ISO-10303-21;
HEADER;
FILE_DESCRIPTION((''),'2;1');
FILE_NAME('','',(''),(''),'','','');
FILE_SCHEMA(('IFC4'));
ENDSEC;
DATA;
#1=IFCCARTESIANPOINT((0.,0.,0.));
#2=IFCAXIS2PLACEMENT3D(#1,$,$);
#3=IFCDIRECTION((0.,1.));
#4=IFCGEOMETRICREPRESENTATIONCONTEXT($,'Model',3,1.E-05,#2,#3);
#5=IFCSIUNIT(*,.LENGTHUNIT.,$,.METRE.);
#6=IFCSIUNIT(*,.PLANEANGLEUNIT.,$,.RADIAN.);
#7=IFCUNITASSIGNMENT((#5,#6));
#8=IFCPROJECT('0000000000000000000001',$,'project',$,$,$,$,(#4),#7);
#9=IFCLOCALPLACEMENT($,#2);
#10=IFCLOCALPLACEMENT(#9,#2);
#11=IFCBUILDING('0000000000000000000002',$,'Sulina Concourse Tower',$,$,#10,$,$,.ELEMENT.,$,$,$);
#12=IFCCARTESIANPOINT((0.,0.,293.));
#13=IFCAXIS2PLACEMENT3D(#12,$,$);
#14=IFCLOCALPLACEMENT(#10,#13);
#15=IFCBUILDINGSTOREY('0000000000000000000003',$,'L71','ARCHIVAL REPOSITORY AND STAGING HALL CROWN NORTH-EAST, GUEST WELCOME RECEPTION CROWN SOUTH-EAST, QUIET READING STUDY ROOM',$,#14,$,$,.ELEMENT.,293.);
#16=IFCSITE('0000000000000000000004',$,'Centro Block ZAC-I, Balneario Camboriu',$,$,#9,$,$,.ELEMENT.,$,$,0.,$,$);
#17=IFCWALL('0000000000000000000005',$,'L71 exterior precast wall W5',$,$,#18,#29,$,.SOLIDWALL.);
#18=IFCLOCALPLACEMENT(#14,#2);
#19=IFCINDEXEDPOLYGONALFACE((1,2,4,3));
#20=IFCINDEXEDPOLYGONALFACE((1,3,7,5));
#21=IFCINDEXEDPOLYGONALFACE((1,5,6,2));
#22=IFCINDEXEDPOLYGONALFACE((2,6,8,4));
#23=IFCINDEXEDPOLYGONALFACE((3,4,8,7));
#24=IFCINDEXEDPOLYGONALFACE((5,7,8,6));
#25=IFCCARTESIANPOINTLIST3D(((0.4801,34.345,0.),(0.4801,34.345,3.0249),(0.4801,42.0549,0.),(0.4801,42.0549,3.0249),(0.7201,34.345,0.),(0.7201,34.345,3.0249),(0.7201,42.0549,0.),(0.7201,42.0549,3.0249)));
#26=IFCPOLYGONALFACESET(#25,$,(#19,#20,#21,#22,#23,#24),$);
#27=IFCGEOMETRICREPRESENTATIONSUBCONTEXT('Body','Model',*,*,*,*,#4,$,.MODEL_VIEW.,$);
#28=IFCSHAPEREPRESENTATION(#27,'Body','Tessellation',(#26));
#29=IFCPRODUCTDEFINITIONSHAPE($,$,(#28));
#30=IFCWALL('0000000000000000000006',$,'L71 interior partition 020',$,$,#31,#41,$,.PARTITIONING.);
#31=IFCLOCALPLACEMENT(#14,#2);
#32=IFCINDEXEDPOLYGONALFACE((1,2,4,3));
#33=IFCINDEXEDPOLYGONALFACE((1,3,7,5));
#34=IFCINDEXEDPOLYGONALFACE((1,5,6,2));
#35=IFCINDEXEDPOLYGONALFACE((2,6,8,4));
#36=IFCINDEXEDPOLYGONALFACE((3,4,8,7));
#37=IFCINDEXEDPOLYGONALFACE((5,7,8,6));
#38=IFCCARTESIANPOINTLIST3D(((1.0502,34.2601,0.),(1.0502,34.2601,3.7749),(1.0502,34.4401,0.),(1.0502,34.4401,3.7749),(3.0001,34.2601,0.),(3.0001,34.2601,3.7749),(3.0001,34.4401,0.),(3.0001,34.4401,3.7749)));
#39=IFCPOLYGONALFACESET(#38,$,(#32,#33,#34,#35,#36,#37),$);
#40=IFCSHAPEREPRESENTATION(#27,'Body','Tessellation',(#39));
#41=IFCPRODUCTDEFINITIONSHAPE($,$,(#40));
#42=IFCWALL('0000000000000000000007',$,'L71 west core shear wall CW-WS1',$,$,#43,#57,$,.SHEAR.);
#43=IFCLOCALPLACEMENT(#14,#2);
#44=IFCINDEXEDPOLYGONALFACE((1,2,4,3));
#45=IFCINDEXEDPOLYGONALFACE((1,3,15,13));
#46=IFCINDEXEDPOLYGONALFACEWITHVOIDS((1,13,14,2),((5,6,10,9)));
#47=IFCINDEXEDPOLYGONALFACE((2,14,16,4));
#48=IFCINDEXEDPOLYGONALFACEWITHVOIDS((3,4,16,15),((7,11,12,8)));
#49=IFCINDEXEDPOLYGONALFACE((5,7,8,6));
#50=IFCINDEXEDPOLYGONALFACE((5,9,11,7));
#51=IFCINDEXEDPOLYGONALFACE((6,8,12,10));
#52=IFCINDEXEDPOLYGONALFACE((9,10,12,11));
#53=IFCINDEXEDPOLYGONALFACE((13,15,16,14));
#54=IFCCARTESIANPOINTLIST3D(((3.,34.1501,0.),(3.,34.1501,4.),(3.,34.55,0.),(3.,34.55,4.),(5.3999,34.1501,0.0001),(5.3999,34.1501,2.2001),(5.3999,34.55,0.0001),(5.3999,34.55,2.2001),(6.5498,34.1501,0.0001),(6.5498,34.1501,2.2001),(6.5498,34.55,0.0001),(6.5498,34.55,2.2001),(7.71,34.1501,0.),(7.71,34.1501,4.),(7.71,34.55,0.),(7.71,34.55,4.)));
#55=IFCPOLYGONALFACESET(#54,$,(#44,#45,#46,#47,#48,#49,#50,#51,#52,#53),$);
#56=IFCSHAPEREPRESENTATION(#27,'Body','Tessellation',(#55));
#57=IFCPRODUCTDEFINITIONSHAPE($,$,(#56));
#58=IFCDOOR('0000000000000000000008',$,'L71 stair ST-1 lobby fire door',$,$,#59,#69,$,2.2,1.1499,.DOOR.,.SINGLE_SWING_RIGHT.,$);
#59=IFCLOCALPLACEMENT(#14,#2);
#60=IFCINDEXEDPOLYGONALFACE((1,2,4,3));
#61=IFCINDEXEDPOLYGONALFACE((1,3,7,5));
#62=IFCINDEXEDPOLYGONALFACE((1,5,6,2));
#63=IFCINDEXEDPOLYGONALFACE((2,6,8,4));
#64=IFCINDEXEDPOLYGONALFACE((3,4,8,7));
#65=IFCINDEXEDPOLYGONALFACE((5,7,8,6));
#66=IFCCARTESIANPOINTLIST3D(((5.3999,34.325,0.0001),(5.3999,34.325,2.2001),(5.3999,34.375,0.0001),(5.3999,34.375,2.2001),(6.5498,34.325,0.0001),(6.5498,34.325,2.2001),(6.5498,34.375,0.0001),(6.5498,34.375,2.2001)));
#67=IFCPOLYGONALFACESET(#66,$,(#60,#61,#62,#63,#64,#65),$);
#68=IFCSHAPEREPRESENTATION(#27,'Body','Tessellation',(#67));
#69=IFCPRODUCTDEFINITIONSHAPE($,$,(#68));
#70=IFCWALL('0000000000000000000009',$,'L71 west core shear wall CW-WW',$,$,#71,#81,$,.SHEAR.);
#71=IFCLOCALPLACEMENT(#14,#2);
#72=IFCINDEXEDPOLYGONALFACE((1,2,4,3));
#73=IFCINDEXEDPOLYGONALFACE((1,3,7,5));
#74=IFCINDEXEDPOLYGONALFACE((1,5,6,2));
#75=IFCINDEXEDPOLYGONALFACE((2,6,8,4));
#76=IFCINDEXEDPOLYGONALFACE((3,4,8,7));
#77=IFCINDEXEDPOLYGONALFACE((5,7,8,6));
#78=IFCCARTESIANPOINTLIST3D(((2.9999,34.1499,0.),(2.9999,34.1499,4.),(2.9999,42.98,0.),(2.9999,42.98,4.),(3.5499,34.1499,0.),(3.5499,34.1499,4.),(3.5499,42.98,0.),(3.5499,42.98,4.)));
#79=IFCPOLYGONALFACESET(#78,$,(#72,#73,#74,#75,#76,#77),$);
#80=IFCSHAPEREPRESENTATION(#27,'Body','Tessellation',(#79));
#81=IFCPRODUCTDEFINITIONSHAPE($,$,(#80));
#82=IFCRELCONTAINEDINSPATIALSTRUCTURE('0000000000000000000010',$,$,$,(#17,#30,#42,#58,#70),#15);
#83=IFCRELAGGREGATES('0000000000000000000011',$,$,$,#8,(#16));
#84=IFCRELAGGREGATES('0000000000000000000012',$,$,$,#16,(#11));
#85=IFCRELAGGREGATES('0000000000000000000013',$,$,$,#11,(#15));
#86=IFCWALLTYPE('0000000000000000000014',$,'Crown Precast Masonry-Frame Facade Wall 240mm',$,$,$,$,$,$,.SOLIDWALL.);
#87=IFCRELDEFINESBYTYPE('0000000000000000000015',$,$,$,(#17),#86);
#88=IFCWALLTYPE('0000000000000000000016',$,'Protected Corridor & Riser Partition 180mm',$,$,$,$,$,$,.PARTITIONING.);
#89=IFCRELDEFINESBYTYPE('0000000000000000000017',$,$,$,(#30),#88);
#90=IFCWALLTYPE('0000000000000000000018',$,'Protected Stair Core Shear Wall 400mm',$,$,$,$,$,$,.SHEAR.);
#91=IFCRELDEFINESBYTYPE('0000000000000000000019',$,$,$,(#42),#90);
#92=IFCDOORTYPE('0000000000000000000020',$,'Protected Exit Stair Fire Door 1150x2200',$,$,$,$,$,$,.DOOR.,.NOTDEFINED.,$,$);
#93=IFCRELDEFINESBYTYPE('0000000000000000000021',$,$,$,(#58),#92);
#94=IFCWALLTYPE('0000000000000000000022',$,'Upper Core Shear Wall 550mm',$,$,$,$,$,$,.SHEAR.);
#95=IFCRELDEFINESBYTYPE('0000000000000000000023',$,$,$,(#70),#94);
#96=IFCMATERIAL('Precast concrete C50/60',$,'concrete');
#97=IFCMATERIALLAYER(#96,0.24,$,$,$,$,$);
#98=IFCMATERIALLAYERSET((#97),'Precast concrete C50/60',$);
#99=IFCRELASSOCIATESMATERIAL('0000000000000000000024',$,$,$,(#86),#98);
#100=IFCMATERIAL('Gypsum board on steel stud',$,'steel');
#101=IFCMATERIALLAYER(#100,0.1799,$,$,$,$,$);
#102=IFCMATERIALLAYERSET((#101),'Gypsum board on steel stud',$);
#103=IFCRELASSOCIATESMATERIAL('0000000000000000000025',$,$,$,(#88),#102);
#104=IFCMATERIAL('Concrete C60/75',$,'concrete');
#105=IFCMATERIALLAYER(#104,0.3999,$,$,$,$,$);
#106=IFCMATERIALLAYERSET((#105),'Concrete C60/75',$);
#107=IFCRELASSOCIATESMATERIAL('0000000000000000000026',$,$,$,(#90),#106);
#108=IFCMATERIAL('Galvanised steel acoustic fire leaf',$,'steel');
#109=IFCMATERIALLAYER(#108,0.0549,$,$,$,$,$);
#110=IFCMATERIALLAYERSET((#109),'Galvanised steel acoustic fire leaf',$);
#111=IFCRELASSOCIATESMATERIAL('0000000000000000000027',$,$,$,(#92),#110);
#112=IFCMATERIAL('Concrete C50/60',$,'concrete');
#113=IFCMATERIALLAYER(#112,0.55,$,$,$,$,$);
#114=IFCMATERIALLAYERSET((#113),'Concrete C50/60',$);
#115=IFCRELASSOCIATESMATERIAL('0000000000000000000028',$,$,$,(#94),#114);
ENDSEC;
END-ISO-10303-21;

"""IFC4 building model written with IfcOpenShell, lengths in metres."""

from ifc_helpers import new_model, si_unit, direction, frame, frame_2d, origin, place, context, subcontext, project, spatial, rectangle, extrude, material, layer, layer_set, type_object, element, fill, save


model = new_model("IFC4")

# Units and contexts
model_context = context("Model", 3, precision=1e-05, world=origin(), true_north=direction((0.0, 1.0)))
body_context = subcontext(model_context, "Body", "Model", "MODEL_VIEW")
ifc_project = project(units=[si_unit("LENGTHUNIT", "METRE"), si_unit("PLANEANGLEUNIT", "RADIAN")], contexts=[model_context])

# Site, building, storey
site_placement = place(None, origin())
site = spatial("IfcSite", under=ifc_project, at=site_placement, Name="Centro Block ZAC-I, Balneario Camboriu", CompositionType="ELEMENT", RefElevation=0.0)
building_placement = place(site_placement, origin())
building = spatial("IfcBuilding", under=site, at=building_placement, Name="Sulina Concourse Tower", CompositionType="ELEMENT")
storey_placement = place(building_placement, frame((0.0, 0.0, 293.0)))
storey = spatial("IfcBuildingStorey", under=building, at=storey_placement, Name="L71", Description="ARCHIVAL REPOSITORY AND STAGING HALL CROWN NORTH-EAST, GUEST WELCOME RECEPTION CROWN SOUTH-EAST, QUIET READING STUDY ROOM", CompositionType="ELEMENT", Elevation=293.0)

# Walls
ifc_material_1 = material(Name="Precast concrete C50/60", Category="concrete")
ifc_layer_1 = layer(ifc_material_1, 0.24)
ifc_layer_set_1 = layer_set([ifc_layer_1], Name="Precast concrete C50/60")
wall_type_1 = type_object("IfcWallType", Name="Crown Precast Masonry-Frame Facade Wall 240mm", PredefinedType="SOLIDWALL", material=ifc_layer_set_1)
wall_1_placement = place(storey_placement, frame((0.6001, 34.345, 0.0), z_axis=(0.0, 0.0, 1.0), x_axis=(0.0, 1.0, 0.0)))
element("IfcWall", 1, at=wall_1_placement, inside=storey, type_object=wall_type_1, Name="L71 exterior precast wall W5", PredefinedType="SOLIDWALL", context=body_context, shape_type="SweptSolid", body=[
    extrude(rectangle(XDim=7.71, YDim=0.24, at=frame_2d((3.855, 0.0))), origin(), (0.0, 0.0, 1.0), 3.0249),
])
ifc_material_2 = material(Name="Gypsum board on steel stud", Category="steel")
ifc_layer_2 = layer(ifc_material_2, 0.1799)
ifc_layer_set_2 = layer_set([ifc_layer_2], Name="Gypsum board on steel stud")
wall_type_2 = type_object("IfcWallType", Name="Protected Corridor & Riser Partition 180mm", PredefinedType="PARTITIONING", material=ifc_layer_set_2)
wall_2_placement = place(storey_placement, frame((1.05, 34.3501, 0.0), z_axis=(0.0, 0.0, 1.0), x_axis=(1.0, 0.0, 0.0)))
element("IfcWall", 2, at=wall_2_placement, inside=storey, type_object=wall_type_2, Name="L71 interior partition 020", PredefinedType="PARTITIONING", context=body_context, shape_type="SweptSolid", body=[
    extrude(rectangle(XDim=1.95, YDim=0.1799, at=frame_2d((0.9751, 0.0))), origin(), (0.0, 0.0, 1.0), 3.7749),
])

# Wall, opening, door
ifc_material_3 = material(Name="Concrete C60/75", Category="concrete")
ifc_layer_3 = layer(ifc_material_3, 0.3999)
ifc_layer_set_3 = layer_set([ifc_layer_3], Name="Concrete C60/75")
wall_type_3 = type_object("IfcWallType", Name="Protected Stair Core Shear Wall 400mm", PredefinedType="SHEAR", material=ifc_layer_set_3)
wall_3_placement = place(storey_placement, frame((3.0, 34.3501, 0.0), z_axis=(0.0, 0.0, 1.0), x_axis=(1.0, 0.0, 0.0)))
wall_3 = element("IfcWall", 3, at=wall_3_placement, inside=storey, type_object=wall_type_3, Name="L71 west core shear wall CW-WS1", PredefinedType="SHEAR", context=body_context, shape_type="SweptSolid", body=[
    extrude(rectangle(XDim=4.71, YDim=0.3999, at=frame_2d((2.355, 0.0))), origin(), (0.0, 0.0, 1.0), 4.0),
])
opening_1_placement = place(wall_3_placement, frame((2.3999, 0.0, 0.0)))
opening_1 = element("IfcOpeningElement", 4, at=opening_1_placement, cuts=wall_3, PredefinedType="OPENING", context=body_context, shape_type="SweptSolid", body=[
    extrude(rectangle(XDim=1.1499, YDim=2.2, at=frame_2d((0.575, 1.1001))), frame((0.0, 0.21, 0.0), z_axis=(0.0, -1.0, 0.0), x_axis=(1.0, 0.0, 0.0)), (0.0, 0.0, 1.0), 0.4199),
])
ifc_material_4 = material(Name="Galvanised steel acoustic fire leaf", Category="steel")
ifc_layer_4 = layer(ifc_material_4, 0.0549)
ifc_layer_set_4 = layer_set([ifc_layer_4], Name="Galvanised steel acoustic fire leaf")
door_type_1 = type_object("IfcDoorType", Name="Protected Exit Stair Fire Door 1150x2200", OperationType="NOTDEFINED", PredefinedType="DOOR", material=ifc_layer_set_4)
door_1_placement = place(opening_1_placement, origin())
door_1 = element("IfcDoor", 5, at=door_1_placement, inside=storey, type_object=door_type_1, Name="L71 stair ST-1 lobby fire door", OperationType="SINGLE_SWING_RIGHT", OverallHeight=2.2, OverallWidth=1.1499, PredefinedType="DOOR", context=body_context, shape_type="SweptSolid", body=[
    extrude(rectangle(XDim=1.1499, YDim=2.2, at=frame_2d((0.575, 1.1001))), frame((0.0, 0.0249, 0.0), z_axis=(0.0, -1.0, 0.0), x_axis=(1.0, 0.0, 0.0)), (0.0, 0.0, 1.0), 0.05),
])
fill(opening_1, door_1)

# Wall
ifc_material_5 = material(Name="Concrete C50/60", Category="concrete")
ifc_layer_5 = layer(ifc_material_5, 0.55)
ifc_layer_set_5 = layer_set([ifc_layer_5], Name="Concrete C50/60")
wall_type_4 = type_object("IfcWallType", Name="Upper Core Shear Wall 550mm", PredefinedType="SHEAR", material=ifc_layer_set_5)
wall_4_placement = place(storey_placement, frame((3.2749, 34.1499, 0.0), z_axis=(0.0, 0.0, 1.0), x_axis=(0.0, 1.0, 0.0)))
element("IfcWall", 6, at=wall_4_placement, inside=storey, type_object=wall_type_4, Name="L71 west core shear wall CW-WW", PredefinedType="SHEAR", context=body_context, shape_type="SweptSolid", body=[
    extrude(rectangle(XDim=8.8301, YDim=0.55, at=frame_2d((4.415, 0.0))), origin(), (0.0, 0.0, 1.0), 4.0),
])

save(model, "model.ifc")
